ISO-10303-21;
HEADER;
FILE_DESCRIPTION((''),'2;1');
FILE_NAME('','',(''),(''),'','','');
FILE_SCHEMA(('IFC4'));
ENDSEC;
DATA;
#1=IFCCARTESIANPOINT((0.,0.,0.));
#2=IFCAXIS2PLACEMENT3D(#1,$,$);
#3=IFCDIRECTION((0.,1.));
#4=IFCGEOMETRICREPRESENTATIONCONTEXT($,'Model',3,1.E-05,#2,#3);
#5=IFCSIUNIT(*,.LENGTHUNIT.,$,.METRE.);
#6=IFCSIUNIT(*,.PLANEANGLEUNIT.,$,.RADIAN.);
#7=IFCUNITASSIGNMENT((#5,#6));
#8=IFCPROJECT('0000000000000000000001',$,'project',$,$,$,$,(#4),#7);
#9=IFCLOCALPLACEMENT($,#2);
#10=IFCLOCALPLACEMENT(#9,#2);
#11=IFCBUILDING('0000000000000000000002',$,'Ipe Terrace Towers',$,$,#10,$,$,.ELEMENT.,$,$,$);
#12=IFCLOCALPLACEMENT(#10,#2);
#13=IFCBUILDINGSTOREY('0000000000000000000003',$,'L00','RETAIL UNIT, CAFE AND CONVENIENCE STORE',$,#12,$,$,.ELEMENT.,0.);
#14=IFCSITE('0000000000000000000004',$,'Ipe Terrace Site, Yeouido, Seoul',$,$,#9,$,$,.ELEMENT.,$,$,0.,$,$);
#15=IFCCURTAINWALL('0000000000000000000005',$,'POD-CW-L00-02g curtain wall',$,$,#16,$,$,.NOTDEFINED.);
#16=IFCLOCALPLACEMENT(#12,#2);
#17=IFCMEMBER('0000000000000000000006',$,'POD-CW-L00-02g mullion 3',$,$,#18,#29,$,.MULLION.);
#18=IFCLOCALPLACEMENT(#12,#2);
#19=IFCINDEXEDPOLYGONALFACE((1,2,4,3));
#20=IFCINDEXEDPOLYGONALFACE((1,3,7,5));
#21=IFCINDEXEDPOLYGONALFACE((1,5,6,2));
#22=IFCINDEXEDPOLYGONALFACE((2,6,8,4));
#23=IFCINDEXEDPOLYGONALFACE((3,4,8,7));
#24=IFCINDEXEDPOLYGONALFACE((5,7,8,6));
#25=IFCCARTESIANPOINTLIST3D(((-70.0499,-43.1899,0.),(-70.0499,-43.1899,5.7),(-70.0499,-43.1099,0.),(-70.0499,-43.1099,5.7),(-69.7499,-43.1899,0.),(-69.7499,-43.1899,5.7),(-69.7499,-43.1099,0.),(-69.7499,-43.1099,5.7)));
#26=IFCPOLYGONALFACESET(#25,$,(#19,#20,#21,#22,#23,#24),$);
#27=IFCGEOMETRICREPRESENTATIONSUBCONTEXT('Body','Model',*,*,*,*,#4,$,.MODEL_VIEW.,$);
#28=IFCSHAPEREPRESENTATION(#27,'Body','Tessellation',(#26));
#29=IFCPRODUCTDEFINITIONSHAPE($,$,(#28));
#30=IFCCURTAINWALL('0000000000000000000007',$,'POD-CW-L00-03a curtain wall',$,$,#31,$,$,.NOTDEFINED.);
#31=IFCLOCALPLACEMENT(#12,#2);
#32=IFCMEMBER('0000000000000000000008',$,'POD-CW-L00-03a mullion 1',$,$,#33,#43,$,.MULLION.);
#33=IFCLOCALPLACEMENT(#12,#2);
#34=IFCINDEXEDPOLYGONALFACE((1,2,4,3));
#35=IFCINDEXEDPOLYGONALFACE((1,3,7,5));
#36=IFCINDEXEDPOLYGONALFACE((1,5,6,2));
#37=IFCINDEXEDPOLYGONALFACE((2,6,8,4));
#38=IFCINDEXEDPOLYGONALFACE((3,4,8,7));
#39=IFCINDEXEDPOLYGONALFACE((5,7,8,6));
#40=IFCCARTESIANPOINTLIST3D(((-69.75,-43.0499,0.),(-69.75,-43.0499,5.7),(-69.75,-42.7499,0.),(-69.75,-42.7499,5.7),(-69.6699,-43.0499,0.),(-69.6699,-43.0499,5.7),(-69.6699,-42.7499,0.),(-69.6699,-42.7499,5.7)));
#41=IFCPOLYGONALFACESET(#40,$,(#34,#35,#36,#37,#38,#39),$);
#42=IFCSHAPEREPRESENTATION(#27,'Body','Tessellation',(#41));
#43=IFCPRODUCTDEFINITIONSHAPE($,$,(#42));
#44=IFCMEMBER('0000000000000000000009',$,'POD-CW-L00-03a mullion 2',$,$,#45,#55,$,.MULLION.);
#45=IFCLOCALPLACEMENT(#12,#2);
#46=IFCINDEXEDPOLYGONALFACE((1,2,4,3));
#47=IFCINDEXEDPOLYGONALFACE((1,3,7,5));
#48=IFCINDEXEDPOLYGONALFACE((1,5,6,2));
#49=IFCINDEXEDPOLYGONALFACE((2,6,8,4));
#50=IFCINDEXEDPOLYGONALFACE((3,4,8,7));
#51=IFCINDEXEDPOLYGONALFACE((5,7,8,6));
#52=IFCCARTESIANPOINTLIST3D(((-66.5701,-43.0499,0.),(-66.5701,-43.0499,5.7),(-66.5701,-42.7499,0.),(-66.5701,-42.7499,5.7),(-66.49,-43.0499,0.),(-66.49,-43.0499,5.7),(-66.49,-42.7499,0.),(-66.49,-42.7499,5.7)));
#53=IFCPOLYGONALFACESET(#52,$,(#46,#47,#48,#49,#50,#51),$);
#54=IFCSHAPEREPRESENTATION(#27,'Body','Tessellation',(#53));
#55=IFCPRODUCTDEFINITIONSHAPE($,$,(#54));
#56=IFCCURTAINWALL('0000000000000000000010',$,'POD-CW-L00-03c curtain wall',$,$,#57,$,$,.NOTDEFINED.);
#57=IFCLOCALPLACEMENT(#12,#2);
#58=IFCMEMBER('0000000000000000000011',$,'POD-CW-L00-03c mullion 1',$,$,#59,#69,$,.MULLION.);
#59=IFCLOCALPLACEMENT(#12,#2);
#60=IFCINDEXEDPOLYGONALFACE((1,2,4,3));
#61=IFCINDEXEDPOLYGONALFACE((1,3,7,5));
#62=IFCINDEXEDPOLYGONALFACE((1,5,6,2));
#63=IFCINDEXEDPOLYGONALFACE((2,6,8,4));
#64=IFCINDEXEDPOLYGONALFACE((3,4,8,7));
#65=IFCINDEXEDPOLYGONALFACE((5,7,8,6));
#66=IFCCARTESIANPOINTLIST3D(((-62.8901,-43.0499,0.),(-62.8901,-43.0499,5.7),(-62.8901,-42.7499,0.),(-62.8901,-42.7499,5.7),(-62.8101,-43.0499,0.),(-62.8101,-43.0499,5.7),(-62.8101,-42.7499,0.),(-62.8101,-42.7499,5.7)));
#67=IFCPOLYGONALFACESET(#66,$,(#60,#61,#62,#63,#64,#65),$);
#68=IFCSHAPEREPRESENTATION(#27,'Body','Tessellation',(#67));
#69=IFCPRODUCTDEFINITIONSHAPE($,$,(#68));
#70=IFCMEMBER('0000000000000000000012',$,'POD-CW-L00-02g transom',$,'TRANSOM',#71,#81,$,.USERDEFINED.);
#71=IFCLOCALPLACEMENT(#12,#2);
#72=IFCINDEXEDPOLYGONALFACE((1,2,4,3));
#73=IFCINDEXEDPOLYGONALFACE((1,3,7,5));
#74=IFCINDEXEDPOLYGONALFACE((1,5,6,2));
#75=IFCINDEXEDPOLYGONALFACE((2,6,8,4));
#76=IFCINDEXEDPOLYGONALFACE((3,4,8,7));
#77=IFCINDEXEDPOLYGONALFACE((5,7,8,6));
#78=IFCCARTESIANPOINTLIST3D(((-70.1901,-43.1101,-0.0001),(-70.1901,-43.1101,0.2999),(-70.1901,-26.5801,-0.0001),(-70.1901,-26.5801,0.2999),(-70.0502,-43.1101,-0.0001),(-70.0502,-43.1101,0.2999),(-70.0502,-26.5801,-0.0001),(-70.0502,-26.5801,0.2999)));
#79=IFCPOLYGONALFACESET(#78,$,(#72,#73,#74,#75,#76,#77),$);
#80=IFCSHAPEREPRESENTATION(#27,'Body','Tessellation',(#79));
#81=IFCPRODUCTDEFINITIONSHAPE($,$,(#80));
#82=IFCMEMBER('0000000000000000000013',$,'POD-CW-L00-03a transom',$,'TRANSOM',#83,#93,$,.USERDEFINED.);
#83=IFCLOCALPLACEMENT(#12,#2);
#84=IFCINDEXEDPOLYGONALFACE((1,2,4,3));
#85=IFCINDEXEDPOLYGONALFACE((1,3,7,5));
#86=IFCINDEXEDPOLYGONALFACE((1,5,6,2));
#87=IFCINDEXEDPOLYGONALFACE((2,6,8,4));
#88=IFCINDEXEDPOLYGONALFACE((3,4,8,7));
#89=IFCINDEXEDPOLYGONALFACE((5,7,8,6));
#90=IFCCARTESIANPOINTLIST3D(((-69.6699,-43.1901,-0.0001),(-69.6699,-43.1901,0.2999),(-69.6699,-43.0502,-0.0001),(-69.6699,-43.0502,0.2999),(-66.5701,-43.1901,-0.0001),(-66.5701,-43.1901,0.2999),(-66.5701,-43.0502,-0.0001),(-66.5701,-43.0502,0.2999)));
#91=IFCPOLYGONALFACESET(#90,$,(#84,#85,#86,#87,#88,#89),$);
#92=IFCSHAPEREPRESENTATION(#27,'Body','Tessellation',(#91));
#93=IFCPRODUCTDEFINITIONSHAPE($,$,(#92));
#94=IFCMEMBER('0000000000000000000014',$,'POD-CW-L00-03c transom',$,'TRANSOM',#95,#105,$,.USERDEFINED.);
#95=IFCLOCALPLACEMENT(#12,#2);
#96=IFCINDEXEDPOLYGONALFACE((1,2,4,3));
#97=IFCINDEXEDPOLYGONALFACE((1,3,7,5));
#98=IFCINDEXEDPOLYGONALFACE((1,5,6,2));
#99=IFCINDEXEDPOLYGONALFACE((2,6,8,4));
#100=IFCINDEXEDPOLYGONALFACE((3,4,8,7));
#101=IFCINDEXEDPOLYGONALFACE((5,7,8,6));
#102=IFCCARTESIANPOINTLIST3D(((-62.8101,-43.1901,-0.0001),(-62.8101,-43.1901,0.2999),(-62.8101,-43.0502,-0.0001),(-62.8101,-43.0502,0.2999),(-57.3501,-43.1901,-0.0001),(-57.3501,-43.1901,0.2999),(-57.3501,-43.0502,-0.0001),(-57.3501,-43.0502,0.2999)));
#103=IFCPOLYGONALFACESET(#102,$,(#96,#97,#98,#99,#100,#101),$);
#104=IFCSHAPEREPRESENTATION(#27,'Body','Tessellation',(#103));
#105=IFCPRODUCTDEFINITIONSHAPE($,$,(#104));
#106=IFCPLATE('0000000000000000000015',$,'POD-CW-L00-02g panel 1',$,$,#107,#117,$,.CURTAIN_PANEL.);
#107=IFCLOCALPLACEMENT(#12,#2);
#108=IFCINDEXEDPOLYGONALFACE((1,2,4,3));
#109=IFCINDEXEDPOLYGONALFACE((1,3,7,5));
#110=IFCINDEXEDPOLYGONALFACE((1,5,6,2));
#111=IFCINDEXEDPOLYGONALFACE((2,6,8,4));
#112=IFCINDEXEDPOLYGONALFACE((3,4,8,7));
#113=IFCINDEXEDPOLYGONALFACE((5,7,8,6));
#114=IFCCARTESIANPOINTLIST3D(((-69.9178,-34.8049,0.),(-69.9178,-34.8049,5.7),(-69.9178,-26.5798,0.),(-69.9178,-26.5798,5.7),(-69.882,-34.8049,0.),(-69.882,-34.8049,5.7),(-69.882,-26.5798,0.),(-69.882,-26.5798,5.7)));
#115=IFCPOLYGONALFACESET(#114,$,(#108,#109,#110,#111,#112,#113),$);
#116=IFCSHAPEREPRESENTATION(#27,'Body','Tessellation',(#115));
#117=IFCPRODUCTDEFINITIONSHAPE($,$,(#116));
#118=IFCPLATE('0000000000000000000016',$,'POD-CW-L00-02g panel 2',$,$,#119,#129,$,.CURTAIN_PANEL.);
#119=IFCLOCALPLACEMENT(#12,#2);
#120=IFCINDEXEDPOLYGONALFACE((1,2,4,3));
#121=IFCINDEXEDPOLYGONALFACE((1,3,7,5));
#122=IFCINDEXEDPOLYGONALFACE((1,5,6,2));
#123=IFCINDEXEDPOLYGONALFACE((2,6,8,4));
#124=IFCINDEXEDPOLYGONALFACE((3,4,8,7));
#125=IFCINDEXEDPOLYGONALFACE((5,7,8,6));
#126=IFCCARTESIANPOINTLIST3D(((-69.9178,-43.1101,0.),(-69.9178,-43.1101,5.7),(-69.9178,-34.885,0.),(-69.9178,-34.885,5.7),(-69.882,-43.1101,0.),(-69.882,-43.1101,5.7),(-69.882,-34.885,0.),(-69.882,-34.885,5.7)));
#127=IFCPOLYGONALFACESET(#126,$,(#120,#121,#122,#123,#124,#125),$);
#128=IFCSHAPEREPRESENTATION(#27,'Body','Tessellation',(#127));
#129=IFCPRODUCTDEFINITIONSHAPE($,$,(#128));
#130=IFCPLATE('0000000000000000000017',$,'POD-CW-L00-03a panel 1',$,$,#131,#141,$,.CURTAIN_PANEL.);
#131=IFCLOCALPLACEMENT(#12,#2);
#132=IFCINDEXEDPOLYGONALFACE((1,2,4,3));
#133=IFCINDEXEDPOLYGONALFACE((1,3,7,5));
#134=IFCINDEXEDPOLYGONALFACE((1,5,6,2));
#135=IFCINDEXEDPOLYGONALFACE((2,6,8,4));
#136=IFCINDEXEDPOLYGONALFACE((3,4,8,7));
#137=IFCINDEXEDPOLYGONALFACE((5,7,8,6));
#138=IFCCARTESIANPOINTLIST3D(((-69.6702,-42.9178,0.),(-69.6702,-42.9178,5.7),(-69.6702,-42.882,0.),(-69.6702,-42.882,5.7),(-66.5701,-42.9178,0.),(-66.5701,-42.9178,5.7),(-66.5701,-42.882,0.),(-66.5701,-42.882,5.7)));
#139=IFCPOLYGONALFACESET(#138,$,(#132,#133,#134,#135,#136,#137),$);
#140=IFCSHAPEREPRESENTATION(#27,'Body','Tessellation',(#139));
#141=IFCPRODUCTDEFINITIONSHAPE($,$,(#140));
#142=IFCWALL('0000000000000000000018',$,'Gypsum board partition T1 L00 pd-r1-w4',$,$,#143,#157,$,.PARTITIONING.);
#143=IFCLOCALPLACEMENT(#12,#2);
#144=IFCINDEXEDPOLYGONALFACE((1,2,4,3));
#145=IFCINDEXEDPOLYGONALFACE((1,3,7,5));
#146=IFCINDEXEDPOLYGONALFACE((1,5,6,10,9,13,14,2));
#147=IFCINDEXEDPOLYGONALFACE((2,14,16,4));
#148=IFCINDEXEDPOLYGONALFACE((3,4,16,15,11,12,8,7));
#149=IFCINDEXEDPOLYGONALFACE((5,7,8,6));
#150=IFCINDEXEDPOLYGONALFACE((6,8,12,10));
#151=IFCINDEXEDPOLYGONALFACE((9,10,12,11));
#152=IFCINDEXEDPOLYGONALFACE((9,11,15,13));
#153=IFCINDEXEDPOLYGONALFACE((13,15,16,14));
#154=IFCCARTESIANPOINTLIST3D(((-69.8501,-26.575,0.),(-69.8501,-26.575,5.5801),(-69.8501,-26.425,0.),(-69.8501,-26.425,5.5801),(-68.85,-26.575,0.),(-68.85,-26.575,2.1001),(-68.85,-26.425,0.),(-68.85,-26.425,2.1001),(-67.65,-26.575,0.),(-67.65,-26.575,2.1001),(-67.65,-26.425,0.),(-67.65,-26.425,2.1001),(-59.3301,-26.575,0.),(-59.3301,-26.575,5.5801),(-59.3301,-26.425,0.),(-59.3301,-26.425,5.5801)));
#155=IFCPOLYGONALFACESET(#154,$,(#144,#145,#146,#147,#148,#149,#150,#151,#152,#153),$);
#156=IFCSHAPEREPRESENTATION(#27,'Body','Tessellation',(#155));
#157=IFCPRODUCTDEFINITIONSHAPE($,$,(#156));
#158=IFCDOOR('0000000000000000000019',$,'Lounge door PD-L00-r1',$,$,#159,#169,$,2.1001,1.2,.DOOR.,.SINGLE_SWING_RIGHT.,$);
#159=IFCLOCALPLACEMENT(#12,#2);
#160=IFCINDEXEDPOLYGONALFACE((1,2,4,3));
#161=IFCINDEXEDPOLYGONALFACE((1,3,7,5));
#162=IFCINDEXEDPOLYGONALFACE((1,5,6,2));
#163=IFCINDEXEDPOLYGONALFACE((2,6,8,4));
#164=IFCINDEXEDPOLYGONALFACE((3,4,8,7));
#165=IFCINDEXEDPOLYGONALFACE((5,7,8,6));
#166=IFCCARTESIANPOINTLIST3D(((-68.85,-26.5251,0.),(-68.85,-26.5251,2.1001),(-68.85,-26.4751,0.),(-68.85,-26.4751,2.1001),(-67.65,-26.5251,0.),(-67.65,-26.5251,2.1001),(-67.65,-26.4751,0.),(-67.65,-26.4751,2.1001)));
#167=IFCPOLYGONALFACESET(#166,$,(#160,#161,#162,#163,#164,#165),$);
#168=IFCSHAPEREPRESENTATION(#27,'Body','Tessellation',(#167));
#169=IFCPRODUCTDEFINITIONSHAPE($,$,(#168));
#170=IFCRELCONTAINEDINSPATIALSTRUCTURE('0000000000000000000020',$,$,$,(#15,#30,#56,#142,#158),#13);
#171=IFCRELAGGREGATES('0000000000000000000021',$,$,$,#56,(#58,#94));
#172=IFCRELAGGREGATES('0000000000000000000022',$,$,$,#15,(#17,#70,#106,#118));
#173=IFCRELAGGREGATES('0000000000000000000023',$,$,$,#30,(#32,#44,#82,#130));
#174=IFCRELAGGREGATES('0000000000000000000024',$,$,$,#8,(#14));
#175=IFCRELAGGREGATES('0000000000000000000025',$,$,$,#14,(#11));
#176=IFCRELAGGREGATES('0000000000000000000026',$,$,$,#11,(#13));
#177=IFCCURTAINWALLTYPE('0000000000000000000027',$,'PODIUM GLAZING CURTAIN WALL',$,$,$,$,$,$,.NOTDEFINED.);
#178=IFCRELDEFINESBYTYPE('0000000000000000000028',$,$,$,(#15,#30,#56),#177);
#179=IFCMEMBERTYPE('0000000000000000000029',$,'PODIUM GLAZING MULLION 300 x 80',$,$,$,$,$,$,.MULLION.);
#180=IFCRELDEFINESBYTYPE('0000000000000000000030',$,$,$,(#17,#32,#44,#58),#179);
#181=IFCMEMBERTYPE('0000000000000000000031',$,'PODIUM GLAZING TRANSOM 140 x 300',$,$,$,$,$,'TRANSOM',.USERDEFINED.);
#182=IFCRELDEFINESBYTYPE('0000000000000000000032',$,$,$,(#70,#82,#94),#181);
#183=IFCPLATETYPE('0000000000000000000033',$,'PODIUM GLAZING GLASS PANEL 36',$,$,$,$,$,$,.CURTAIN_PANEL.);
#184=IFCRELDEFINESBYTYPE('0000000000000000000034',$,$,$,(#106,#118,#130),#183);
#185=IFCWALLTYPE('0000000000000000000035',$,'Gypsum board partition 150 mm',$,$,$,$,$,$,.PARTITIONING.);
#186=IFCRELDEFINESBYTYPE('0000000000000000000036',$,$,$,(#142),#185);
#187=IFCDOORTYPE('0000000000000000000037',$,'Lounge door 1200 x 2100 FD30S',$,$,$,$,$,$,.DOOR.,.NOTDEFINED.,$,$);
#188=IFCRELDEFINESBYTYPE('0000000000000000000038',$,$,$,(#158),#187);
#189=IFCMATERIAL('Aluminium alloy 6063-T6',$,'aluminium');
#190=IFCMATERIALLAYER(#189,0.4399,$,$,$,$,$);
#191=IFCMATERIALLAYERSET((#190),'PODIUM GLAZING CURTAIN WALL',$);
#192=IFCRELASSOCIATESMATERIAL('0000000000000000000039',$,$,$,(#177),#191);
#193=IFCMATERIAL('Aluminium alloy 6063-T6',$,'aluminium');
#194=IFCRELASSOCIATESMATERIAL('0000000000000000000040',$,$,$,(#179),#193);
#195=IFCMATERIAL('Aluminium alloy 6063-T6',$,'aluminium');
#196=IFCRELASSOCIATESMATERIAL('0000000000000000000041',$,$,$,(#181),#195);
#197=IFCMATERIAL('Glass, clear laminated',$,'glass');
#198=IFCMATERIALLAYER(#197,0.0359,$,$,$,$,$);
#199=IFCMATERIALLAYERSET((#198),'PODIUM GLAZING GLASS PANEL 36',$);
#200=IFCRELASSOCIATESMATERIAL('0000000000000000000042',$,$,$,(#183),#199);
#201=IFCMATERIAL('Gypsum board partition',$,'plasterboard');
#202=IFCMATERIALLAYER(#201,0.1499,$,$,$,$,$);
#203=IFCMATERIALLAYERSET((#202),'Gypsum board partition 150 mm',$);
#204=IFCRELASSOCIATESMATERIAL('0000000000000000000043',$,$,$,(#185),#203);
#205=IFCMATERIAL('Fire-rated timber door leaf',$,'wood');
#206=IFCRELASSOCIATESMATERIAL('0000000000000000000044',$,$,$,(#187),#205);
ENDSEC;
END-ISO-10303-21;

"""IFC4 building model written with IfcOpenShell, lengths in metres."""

from ifc_helpers import new_model, si_unit, direction, frame, frame_2d, origin, origin_2d, place, context, subcontext, project, spatial, rectangle, extrude, material, layer, layer_set, material_profile, profile_set, type_object, element, fill, aggregate, save


model = new_model("IFC4")

# Units and contexts
model_context = context("Model", 3, precision=1e-05, world=origin(), true_north=direction((0.0, 1.0)))
body_context = subcontext(model_context, "Body", "Model", "MODEL_VIEW")
ifc_project = project(units=[si_unit("LENGTHUNIT", "METRE"), si_unit("PLANEANGLEUNIT", "RADIAN")], contexts=[model_context])

# Site, building, storey
site_placement = place(None, origin())
site = spatial("IfcSite", under=ifc_project, at=site_placement, Name="Ipe Terrace Site, Yeouido, Seoul", CompositionType="ELEMENT", RefElevation=0.0)
building_placement = place(site_placement, origin())
building = spatial("IfcBuilding", under=site, at=building_placement, Name="Ipe Terrace Towers", CompositionType="ELEMENT")
storey_placement = place(building_placement, origin())
storey = spatial("IfcBuildingStorey", under=building, at=storey_placement, Name="L00", Description="RETAIL UNIT, CAFE AND CONVENIENCE STORE", CompositionType="ELEMENT", Elevation=0.0)

# Curtain walls, members
ifc_material_1 = material(Name="Aluminium alloy 6063-T6", Category="aluminium")
ifc_layer_1 = layer(ifc_material_1, 0.4399)
ifc_layer_set_1 = layer_set([ifc_layer_1], Name="PODIUM GLAZING CURTAIN WALL")
curtain_wall_type = type_object("IfcCurtainWallType", Name="PODIUM GLAZING CURTAIN WALL", PredefinedType="NOTDEFINED", material=ifc_layer_set_1)
curtain_wall_1_placement = place(storey_placement, origin())
curtain_wall_1 = element("IfcCurtainWall", 1, at=curtain_wall_1_placement, inside=storey, type_object=curtain_wall_type, Name="POD-CW-L00-02g curtain wall", PredefinedType="NOTDEFINED")
ifc_material_2 = material(Name="Aluminium alloy 6063-T6", Category="aluminium")
ifc_material_profile_1 = material_profile(ifc_material_2, rectangle(XDim=0.3, YDim=0.0801, at=origin_2d()), Name="PODIUM GLAZING MULLION 300 x 80")
ifc_profile_set_1 = profile_set([ifc_material_profile_1], Name="Aluminium alloy 6063-T6")
member_type_1 = type_object("IfcMemberType", Name="PODIUM GLAZING MULLION 300 x 80", PredefinedType="MULLION", material=ifc_profile_set_1)
member_1_placement = place(storey_placement, frame((-69.8999, -43.1499, 0.0), z_axis=(0.0, 0.0, 1.0), x_axis=(-1.0, 0.0, 0.0)))
member_1 = element("IfcMember", 2, at=member_1_placement, type_object=member_type_1, Name="POD-CW-L00-02g mullion 3", PredefinedType="MULLION", context=body_context, shape_type="SweptSolid", body=[
    extrude(rectangle(XDim=0.3, YDim=0.0801, at=origin_2d()), origin(), (0.0, 0.0, 1.0), 5.7),
])
curtain_wall_2_placement = place(storey_placement, origin())
curtain_wall_2 = element("IfcCurtainWall", 3, at=curtain_wall_2_placement, inside=storey, type_object=curtain_wall_type, Name="POD-CW-L00-03a curtain wall", PredefinedType="NOTDEFINED")
member_2_placement = place(storey_placement, frame((-69.71, -42.8999, 0.0), z_axis=(0.0, 0.0, 1.0), x_axis=(0.0, -1.0, 0.0)))
member_2 = element("IfcMember", 4, at=member_2_placement, type_object=member_type_1, Name="POD-CW-L00-03a mullion 1", PredefinedType="MULLION", context=body_context, shape_type="SweptSolid", body=[
    extrude(rectangle(XDim=0.3, YDim=0.0801, at=origin_2d()), origin(), (0.0, 0.0, 1.0), 5.7),
])
member_3_placement = place(storey_placement, frame((-66.53, -42.8999, 0.0), z_axis=(0.0, 0.0, 1.0), x_axis=(0.0, -1.0, 0.0)))
member_3 = element("IfcMember", 5, at=member_3_placement, type_object=member_type_1, Name="POD-CW-L00-03a mullion 2", PredefinedType="MULLION", context=body_context, shape_type="SweptSolid", body=[
    extrude(rectangle(XDim=0.3, YDim=0.0801, at=origin_2d()), origin(), (0.0, 0.0, 1.0), 5.7),
])

# Curtain wall, member
curtain_wall_3_placement = place(storey_placement, origin())
curtain_wall_3 = element("IfcCurtainWall", 6, at=curtain_wall_3_placement, inside=storey, type_object=curtain_wall_type, Name="POD-CW-L00-03c curtain wall", PredefinedType="NOTDEFINED")
member_4_placement = place(storey_placement, frame((-62.8501, -42.8999, 0.0), z_axis=(0.0, 0.0, 1.0), x_axis=(0.0, -1.0, 0.0)))
member_4 = element("IfcMember", 7, at=member_4_placement, type_object=member_type_1, Name="POD-CW-L00-03c mullion 1", PredefinedType="MULLION", context=body_context, shape_type="SweptSolid", body=[
    extrude(rectangle(XDim=0.3, YDim=0.0801, at=origin_2d()), origin(), (0.0, 0.0, 1.0), 5.7),
])

# Members
ifc_material_3 = material(Name="Aluminium alloy 6063-T6", Category="aluminium")
ifc_material_profile_2 = material_profile(ifc_material_3, rectangle(XDim=0.1399, YDim=0.3, at=origin_2d()), Name="PODIUM GLAZING TRANSOM 140 x 300")
ifc_profile_set_2 = profile_set([ifc_material_profile_2], Name="Aluminium alloy 6063-T6")
member_type_2 = type_object("IfcMemberType", Name="PODIUM GLAZING TRANSOM 140 x 300", ElementType="TRANSOM", PredefinedType="USERDEFINED", material=ifc_profile_set_2)
member_5_placement = place(storey_placement, frame((-70.1201, -26.5801, 0.1499), z_axis=(0.0, -1.0, 0.0), x_axis=(-1.0, 0.0, 0.0)))
member_5 = element("IfcMember", 8, at=member_5_placement, type_object=member_type_2, Name="POD-CW-L00-02g transom", ObjectType="TRANSOM", PredefinedType="USERDEFINED", context=body_context, shape_type="SweptSolid", body=[
    extrude(rectangle(XDim=0.1399, YDim=0.3, at=origin_2d()), origin(), (0.0, 0.0, 1.0), 16.53),
])
member_6_placement = place(storey_placement, frame((-69.6699, -43.1201, 0.1499), z_axis=(1.0, 0.0, 0.0), x_axis=(0.0, -1.0, 0.0)))
member_6 = element("IfcMember", 9, at=member_6_placement, type_object=member_type_2, Name="POD-CW-L00-03a transom", ObjectType="TRANSOM", PredefinedType="USERDEFINED", context=body_context, shape_type="SweptSolid", body=[
    extrude(rectangle(XDim=0.1399, YDim=0.3, at=origin_2d()), origin(), (0.0, 0.0, 1.0), 3.0999),
])
member_7_placement = place(storey_placement, frame((-62.8101, -43.1201, 0.1499), z_axis=(1.0, 0.0, 0.0), x_axis=(0.0, -1.0, 0.0)))
member_7 = element("IfcMember", 10, at=member_7_placement, type_object=member_type_2, Name="POD-CW-L00-03c transom", ObjectType="TRANSOM", PredefinedType="USERDEFINED", context=body_context, shape_type="SweptSolid", body=[
    extrude(rectangle(XDim=0.1399, YDim=0.3, at=origin_2d()), origin(), (0.0, 0.0, 1.0), 5.46),
])
aggregate(curtain_wall_3, [member_4, member_7])

# Plates
ifc_material_4 = material(Name="Glass, clear laminated", Category="glass")
ifc_layer_2 = layer(ifc_material_4, 0.0359)
ifc_layer_set_2 = layer_set([ifc_layer_2], Name="PODIUM GLAZING GLASS PANEL 36")
plate_type = type_object("IfcPlateType", Name="PODIUM GLAZING GLASS PANEL 36", PredefinedType="CURTAIN_PANEL", material=ifc_layer_set_2)
plate_1_placement = place(storey_placement, frame((-69.8999, -30.6924, 0.0), z_axis=(0.0, 0.0, 1.0), x_axis=(0.0, -1.0, 0.0)))
plate_1 = element("IfcPlate", 11, at=plate_1_placement, type_object=plate_type, Name="POD-CW-L00-02g panel 1", PredefinedType="CURTAIN_PANEL", context=body_context, shape_type="SweptSolid", body=[
    extrude(rectangle(XDim=8.2251, YDim=0.0359, at=origin_2d()), origin(), (0.0, 0.0, 1.0), 5.7),
])
plate_2_placement = place(storey_placement, frame((-69.8999, -38.9976, 0.0), z_axis=(0.0, 0.0, 1.0), x_axis=(0.0, -1.0, 0.0)))
plate_2 = element("IfcPlate", 12, at=plate_2_placement, type_object=plate_type, Name="POD-CW-L00-02g panel 2", PredefinedType="CURTAIN_PANEL", context=body_context, shape_type="SweptSolid", body=[
    extrude(rectangle(XDim=8.2251, YDim=0.0359, at=origin_2d()), origin(), (0.0, 0.0, 1.0), 5.7),
])
aggregate(curtain_wall_1, [member_1, member_5, plate_1, plate_2])
plate_3_placement = place(storey_placement, frame((-68.1201, -42.8999, 0.0), z_axis=(0.0, 0.0, 1.0), x_axis=(1.0, 0.0, 0.0)))
plate_3 = element("IfcPlate", 13, at=plate_3_placement, type_object=plate_type, Name="POD-CW-L00-03a panel 1", PredefinedType="CURTAIN_PANEL", context=body_context, shape_type="SweptSolid", body=[
    extrude(rectangle(XDim=3.1001, YDim=0.0359, at=origin_2d()), origin(), (0.0, 0.0, 1.0), 5.7),
])
aggregate(curtain_wall_2, [member_2, member_3, member_6, plate_3])

# Wall, opening, door
ifc_material_5 = material(Name="Gypsum board partition", Category="plasterboard")
ifc_layer_3 = layer(ifc_material_5, 0.1499)
ifc_layer_set_3 = layer_set([ifc_layer_3], Name="Gypsum board partition 150 mm")
wall_type_1 = type_object("IfcWallType", Name="Gypsum board partition 150 mm", PredefinedType="PARTITIONING", material=ifc_layer_set_3)
wall_1_placement = place(storey_placement, frame((-69.8501, -26.5, 0.0), z_axis=(0.0, 0.0, 1.0), x_axis=(1.0, 0.0, 0.0)))
wall_1 = element("IfcWall", 14, at=wall_1_placement, inside=storey, type_object=wall_type_1, Name="Gypsum board partition T1 L00 pd-r1-w4", PredefinedType="PARTITIONING", context=body_context, shape_type="SweptSolid", body=[
    extrude(rectangle(XDim=10.52, YDim=0.1499, at=frame_2d((5.26, 0.0))), origin(), (0.0, 0.0, 1.0), 5.5801),
])
opening_1_placement = place(wall_1_placement, frame((1.0, 0.0, 0.0)))
opening_1 = element("IfcOpeningElement", 15, at=opening_1_placement, cuts=wall_1, PredefinedType="OPENING", context=body_context, shape_type="SweptSolid", body=[
    extrude(rectangle(XDim=1.2, YDim=2.1001, at=frame_2d((0.6001, 1.05))), frame((0.0, 0.085, 0.0), z_axis=(0.0, -1.0, 0.0), x_axis=(1.0, 0.0, 0.0)), (0.0, 0.0, 1.0), 0.1699),
])
ifc_material_6 = material(Name="Fire-rated timber door leaf", Category="wood")
door_type_1 = type_object("IfcDoorType", Name="Lounge door 1200 x 2100 FD30S", OperationType="NOTDEFINED", PredefinedType="DOOR", material=ifc_material_6)
door_1_placement = place(opening_1_placement, origin())
door_1 = element("IfcDoor", 16, at=door_1_placement, inside=storey, type_object=door_type_1, Name="Lounge door PD-L00-r1", OperationType="SINGLE_SWING_RIGHT", OverallHeight=2.1001, OverallWidth=1.2, PredefinedType="DOOR", context=body_context, shape_type="SweptSolid", body=[
    extrude(rectangle(XDim=1.2, YDim=2.1001, at=frame_2d((0.6001, 1.05))), frame((0.0, 0.0249, 0.0), z_axis=(0.0, -1.0, 0.0), x_axis=(1.0, 0.0, 0.0)), (0.0, 0.0, 1.0), 0.05),
])
fill(opening_1, door_1)

save(model, "model.ifc")
